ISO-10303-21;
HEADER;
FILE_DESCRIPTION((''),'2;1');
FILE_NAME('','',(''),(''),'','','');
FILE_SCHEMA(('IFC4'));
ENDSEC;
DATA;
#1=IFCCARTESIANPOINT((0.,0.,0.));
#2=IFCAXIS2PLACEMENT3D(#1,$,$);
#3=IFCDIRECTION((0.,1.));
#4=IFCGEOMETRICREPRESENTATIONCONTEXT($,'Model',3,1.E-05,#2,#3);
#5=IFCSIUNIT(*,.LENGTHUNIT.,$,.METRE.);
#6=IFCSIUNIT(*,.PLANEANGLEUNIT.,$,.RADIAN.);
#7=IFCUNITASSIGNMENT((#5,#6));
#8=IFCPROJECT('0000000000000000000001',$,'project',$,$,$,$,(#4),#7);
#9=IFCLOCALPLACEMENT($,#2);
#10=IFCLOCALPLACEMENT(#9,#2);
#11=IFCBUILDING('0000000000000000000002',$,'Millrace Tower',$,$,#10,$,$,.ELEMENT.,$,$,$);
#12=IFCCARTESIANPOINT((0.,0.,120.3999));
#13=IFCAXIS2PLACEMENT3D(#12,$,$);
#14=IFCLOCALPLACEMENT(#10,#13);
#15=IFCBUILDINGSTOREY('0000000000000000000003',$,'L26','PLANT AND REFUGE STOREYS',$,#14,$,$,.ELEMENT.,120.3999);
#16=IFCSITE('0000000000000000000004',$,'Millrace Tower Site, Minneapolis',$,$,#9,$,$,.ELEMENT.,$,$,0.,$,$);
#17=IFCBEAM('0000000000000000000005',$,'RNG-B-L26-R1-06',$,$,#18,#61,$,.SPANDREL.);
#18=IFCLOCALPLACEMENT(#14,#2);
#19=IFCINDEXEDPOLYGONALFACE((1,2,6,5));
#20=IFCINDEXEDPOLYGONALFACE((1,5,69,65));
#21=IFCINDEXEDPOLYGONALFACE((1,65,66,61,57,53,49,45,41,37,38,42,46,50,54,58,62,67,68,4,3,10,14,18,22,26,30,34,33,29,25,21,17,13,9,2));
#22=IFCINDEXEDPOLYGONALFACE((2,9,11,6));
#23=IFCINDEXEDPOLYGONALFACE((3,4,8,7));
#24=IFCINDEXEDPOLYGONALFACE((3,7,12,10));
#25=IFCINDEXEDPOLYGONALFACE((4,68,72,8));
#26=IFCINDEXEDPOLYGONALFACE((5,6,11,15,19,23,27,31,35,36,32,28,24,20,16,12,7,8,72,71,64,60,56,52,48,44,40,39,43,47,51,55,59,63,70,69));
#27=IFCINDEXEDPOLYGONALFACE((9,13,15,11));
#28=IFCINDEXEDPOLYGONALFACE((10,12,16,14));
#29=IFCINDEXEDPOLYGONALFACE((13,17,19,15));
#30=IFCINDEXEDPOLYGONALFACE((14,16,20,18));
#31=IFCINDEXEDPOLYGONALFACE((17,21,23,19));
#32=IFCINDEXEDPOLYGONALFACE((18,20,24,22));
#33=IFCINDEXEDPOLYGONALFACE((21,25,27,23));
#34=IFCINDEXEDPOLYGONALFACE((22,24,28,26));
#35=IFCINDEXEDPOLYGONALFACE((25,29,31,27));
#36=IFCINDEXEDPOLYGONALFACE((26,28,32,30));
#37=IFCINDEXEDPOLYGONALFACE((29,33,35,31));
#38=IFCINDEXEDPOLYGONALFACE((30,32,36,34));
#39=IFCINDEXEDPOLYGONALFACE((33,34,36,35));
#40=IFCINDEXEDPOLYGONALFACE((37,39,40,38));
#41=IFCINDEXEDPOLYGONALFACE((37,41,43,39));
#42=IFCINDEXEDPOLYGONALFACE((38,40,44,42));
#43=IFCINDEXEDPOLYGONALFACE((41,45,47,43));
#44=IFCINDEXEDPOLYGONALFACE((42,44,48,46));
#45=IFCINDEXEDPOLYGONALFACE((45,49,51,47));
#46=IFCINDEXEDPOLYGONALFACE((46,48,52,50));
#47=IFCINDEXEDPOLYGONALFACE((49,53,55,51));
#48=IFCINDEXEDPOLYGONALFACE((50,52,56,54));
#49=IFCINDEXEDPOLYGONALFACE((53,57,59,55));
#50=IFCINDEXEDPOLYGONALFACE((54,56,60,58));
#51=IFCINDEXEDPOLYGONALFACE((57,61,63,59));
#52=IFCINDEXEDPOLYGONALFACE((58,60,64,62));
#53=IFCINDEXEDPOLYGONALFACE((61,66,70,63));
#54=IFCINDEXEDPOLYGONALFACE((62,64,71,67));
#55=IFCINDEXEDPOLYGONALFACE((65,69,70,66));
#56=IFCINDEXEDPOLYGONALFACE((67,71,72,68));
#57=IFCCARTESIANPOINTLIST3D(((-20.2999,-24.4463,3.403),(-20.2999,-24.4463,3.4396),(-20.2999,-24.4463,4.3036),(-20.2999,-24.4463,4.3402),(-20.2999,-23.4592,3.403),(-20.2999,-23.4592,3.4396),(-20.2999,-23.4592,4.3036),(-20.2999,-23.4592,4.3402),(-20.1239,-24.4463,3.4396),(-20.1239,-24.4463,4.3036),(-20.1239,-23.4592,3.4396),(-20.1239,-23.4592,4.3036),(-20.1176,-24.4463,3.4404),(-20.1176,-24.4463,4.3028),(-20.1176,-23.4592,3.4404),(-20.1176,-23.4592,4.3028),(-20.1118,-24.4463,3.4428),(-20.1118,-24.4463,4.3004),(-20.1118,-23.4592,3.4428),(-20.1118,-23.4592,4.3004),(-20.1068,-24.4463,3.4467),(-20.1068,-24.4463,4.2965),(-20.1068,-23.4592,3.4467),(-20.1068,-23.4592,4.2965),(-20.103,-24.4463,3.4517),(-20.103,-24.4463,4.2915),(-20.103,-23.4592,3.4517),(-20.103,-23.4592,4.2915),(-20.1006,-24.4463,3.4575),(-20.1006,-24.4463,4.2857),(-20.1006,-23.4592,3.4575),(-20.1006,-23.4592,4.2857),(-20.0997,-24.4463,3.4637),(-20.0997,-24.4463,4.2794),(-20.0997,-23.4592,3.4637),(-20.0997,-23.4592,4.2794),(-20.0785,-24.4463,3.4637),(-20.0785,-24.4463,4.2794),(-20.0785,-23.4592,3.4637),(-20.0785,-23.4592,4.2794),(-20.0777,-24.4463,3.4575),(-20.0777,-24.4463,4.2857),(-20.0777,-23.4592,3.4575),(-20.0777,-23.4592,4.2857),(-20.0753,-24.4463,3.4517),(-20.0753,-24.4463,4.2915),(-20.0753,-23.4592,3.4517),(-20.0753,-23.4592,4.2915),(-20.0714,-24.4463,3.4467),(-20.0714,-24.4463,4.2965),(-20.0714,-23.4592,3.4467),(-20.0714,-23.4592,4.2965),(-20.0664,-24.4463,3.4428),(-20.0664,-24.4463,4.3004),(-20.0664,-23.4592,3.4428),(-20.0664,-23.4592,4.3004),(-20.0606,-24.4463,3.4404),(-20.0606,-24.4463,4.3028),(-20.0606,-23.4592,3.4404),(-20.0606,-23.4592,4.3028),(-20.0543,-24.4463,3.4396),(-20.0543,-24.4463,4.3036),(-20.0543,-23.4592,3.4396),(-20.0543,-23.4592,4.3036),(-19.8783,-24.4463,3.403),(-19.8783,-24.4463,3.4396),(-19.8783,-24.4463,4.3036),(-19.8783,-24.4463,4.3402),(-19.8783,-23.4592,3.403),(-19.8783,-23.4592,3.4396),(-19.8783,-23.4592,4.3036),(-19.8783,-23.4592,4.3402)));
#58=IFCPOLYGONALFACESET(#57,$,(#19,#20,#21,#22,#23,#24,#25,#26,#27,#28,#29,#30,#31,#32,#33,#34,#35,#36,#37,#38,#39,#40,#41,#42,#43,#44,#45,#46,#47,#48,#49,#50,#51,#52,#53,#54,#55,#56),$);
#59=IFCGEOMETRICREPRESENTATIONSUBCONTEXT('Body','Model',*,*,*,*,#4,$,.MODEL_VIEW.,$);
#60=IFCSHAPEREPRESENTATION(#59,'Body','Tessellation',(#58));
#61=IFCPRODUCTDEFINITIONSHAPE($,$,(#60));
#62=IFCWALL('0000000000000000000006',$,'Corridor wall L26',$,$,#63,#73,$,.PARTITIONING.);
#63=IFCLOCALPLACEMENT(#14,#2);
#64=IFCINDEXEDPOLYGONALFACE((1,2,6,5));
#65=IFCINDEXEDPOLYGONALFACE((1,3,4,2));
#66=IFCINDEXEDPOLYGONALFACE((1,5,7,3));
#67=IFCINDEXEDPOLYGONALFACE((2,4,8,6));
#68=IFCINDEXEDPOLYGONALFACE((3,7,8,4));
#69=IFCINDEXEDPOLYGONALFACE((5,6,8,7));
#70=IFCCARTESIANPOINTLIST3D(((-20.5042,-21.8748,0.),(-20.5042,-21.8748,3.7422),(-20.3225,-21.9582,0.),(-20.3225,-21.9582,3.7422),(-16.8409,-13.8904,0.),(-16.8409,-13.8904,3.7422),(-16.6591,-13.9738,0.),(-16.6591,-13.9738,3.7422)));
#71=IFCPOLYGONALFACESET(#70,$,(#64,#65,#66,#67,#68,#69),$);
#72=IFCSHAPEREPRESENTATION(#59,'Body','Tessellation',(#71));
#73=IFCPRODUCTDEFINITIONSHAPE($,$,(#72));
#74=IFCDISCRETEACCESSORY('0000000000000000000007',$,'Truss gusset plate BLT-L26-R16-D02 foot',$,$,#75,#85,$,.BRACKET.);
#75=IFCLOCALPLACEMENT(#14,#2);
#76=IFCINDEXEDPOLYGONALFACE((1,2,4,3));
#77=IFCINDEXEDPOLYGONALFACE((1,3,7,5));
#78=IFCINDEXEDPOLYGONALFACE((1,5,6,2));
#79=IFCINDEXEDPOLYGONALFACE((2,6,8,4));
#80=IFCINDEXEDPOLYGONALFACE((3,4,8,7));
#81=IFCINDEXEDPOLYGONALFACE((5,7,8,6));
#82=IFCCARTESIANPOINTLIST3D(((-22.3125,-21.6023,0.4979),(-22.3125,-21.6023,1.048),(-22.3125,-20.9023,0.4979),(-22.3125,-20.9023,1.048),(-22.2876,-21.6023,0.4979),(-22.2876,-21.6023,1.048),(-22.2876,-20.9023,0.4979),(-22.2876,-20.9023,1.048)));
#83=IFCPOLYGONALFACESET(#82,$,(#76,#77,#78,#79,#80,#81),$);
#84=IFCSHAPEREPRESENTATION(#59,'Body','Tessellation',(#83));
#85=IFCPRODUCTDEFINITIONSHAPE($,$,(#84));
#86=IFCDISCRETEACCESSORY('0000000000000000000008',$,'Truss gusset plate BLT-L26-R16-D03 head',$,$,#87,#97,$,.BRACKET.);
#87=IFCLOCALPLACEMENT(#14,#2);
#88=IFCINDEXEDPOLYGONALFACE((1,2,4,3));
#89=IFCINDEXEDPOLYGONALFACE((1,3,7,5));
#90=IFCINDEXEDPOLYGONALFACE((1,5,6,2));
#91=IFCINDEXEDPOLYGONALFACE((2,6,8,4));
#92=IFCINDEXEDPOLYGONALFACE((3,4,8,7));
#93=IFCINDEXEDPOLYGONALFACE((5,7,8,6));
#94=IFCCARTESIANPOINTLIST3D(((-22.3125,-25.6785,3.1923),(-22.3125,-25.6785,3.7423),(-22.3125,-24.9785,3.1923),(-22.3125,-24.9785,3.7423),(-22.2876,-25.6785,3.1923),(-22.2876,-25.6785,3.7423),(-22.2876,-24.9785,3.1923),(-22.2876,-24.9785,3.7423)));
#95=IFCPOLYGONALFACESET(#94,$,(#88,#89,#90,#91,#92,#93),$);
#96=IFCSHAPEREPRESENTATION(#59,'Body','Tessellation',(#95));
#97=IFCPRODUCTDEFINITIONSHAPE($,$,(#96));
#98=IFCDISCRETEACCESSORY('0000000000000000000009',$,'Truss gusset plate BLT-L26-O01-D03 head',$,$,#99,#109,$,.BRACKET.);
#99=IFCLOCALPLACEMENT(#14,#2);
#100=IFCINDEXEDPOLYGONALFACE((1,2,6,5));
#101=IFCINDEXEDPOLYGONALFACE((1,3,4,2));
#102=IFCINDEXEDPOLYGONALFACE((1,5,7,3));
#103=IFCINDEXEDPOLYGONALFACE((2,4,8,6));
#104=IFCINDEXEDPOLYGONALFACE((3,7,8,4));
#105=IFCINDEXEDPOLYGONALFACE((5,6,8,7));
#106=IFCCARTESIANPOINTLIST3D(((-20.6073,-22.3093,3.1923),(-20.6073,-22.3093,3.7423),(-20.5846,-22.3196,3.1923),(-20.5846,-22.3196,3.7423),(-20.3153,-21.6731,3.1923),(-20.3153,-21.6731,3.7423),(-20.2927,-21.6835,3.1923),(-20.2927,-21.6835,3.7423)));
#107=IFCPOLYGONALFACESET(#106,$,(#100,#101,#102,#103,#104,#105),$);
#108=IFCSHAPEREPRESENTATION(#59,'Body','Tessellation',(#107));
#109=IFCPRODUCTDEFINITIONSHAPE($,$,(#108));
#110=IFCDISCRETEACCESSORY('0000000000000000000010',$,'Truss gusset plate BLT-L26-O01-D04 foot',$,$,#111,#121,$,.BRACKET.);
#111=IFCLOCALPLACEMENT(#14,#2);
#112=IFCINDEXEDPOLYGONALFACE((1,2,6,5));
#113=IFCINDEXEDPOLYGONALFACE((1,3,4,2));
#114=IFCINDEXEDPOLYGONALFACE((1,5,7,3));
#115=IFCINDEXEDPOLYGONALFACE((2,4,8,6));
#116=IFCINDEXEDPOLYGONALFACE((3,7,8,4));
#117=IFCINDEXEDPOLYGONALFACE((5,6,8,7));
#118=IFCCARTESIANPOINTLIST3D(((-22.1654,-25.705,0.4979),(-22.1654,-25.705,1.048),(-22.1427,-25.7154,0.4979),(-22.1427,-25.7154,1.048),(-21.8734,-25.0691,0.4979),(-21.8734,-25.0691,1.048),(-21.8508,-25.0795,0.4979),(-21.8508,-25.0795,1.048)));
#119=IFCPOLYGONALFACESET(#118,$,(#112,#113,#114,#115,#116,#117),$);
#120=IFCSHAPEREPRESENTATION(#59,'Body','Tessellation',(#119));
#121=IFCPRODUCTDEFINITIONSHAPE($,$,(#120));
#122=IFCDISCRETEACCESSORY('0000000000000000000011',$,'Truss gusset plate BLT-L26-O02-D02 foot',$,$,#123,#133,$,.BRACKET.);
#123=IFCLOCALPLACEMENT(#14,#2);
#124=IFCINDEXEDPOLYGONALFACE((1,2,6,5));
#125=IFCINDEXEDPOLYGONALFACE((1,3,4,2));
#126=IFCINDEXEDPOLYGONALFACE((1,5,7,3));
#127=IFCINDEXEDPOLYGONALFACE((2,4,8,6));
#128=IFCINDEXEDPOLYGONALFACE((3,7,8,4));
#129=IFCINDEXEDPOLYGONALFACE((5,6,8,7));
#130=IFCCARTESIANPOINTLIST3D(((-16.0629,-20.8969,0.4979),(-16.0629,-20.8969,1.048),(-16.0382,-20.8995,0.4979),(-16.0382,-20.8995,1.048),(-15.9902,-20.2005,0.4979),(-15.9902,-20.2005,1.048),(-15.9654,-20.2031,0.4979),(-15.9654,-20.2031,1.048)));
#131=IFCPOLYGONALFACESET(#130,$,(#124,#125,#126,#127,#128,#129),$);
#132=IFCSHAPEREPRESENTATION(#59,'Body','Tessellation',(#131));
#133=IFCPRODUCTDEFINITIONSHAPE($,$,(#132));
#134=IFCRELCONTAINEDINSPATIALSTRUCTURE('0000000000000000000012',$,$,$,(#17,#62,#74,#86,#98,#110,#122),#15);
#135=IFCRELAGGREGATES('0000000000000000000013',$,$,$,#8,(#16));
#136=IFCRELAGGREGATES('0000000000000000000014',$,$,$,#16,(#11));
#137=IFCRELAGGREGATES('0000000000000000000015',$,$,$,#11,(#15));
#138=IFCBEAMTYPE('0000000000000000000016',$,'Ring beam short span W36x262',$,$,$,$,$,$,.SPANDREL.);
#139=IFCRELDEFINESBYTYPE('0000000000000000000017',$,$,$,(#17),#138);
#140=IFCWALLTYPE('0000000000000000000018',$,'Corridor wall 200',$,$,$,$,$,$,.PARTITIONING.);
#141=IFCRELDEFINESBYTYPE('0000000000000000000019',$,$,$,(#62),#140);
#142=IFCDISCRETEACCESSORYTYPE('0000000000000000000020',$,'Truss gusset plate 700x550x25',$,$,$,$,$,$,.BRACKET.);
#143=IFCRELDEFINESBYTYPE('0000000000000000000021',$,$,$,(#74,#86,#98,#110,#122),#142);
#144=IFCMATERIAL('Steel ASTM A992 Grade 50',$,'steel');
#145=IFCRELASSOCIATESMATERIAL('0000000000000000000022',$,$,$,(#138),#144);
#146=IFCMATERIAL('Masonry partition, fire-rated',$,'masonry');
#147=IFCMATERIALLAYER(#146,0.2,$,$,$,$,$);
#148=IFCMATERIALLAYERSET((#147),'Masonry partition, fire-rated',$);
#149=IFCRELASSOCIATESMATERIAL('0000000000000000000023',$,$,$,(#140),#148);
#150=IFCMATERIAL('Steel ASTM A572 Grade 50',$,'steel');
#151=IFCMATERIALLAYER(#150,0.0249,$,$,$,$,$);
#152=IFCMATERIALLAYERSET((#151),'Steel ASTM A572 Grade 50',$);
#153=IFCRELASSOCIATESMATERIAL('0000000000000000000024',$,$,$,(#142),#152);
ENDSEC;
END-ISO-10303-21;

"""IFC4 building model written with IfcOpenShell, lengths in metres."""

from ifc_helpers import new_model, si_unit, direction, frame, frame_2d, origin, origin_2d, place, context, subcontext, project, spatial, rectangle, i_section, extrude, material, layer, layer_set, material_profile, profile_set, type_object, element, save


model = new_model("IFC4")

# Units and contexts
model_context = context("Model", 3, precision=1e-05, world=origin(), true_north=direction((0.0, 1.0)))
body_context = subcontext(model_context, "Body", "Model", "MODEL_VIEW")
ifc_project = project(units=[si_unit("LENGTHUNIT", "METRE"), si_unit("PLANEANGLEUNIT", "RADIAN")], contexts=[model_context])

# Site, building, storey
site_placement = place(None, origin())
site = spatial("IfcSite", under=ifc_project, at=site_placement, Name="Millrace Tower Site, Minneapolis", CompositionType="ELEMENT", RefElevation=0.0)
building_placement = place(site_placement, origin())
building = spatial("IfcBuilding", under=site, at=building_placement, Name="Millrace Tower", CompositionType="ELEMENT")
storey_placement = place(building_placement, frame((0.0, 0.0, 120.3999)))
storey = spatial("IfcBuildingStorey", under=building, at=storey_placement, Name="L26", Description="PLANT AND REFUGE STOREYS", CompositionType="ELEMENT", Elevation=120.3999)

# Beam
ifc_material_1 = material(Name="Steel ASTM A992 Grade 50", Category="steel")
ifc_material_profile_1 = material_profile(ifc_material_1, i_section(OverallWidth=0.4216, OverallDepth=0.9373, WebThickness=0.0212, FlangeThickness=0.0366, FilletRadius=0.0242, at=origin_2d()))
ifc_profile_set_1 = profile_set([ifc_material_profile_1], Name="Steel ASTM A992 Grade 50")
beam_type_1 = type_object("IfcBeamType", Name="Ring beam short span W36x262", PredefinedType="SPANDREL", material=ifc_profile_set_1)
beam_1_placement = place(storey_placement, frame((-20.0891, -24.4463, 3.8716), z_axis=(0.0, 1.0, 0.0), x_axis=(-1.0, 0.0, 0.0)))
element("IfcBeam", 1, at=beam_1_placement, inside=storey, type_object=beam_type_1, Name="RNG-B-L26-R1-06", PredefinedType="SPANDREL", context=body_context, shape_type="SweptSolid", body=[
    extrude(i_section(OverallWidth=0.4216, OverallDepth=0.9373, WebThickness=0.0212, FlangeThickness=0.0366, FilletRadius=0.0242, at=origin_2d()), origin(), (0.0, 0.0, 1.0), 0.9871),
])

# Wall
ifc_material_2 = material(Name="Masonry partition, fire-rated", Category="masonry")
ifc_layer_1 = layer(ifc_material_2, 0.2)
ifc_layer_set_1 = layer_set([ifc_layer_1], Name="Masonry partition, fire-rated")
wall_type = type_object("IfcWallType", Name="Corridor wall 200", PredefinedType="PARTITIONING", material=ifc_layer_set_1)
wall_placement = place(storey_placement, frame((-20.4133, -21.9165, 0.0), z_axis=(0.0, 0.0, 1.0), x_axis=(0.417014, 0.9089, 0.0)))
element("IfcWall", 2, at=wall_placement, inside=storey, type_object=wall_type, Name="Corridor wall L26", PredefinedType="PARTITIONING", context=body_context, shape_type="SweptSolid", body=[
    extrude(rectangle(XDim=8.7847, YDim=0.2, at=frame_2d((4.3923, 0.0))), origin(), (0.0, 0.0, 1.0), 3.7422),
])

# Discrete accessories
ifc_material_3 = material(Name="Steel ASTM A572 Grade 50", Category="steel")
ifc_layer_2 = layer(ifc_material_3, 0.0249)
ifc_layer_set_2 = layer_set([ifc_layer_2], Name="Steel ASTM A572 Grade 50")
discrete_accessory_type = type_object("IfcDiscreteAccessoryType", Name="Truss gusset plate 700x550x25", PredefinedType="BRACKET", material=ifc_layer_set_2)
for number, where, z_axis, x_axis, name in (
    (3, (-22.3, -21.6023, 0.7729), (0.0, 1.0, 0.0), (-1.0, 0.0, 0.0), "Truss gusset plate BLT-L26-R16-D02 foot"),
    (4, (-22.3, -25.6785, 3.4673), (0.0, 1.0, 0.0), (-1.0, 0.0, 0.0), "Truss gusset plate BLT-L26-R16-D03 head"),
    (5, (-20.5959, -22.3145, 3.4673), (0.417111, 0.908856, 0.0), (-0.908856, 0.417111, 0.0), "Truss gusset plate BLT-L26-O01-D03 head"),
):
    element("IfcDiscreteAccessory", number, at=place(storey_placement, frame(where, z_axis=z_axis, x_axis=x_axis)), inside=storey, type_object=discrete_accessory_type, Name=name, PredefinedType="BRACKET", context=body_context, shape_type="SweptSolid", body=[
        extrude(rectangle(XDim=0.0249, YDim=0.55, at=origin_2d()), origin(), (0.0, 0.0, 1.0), 0.7),
    ])
discrete_accessory_1_placement = place(storey_placement, frame((-22.1541, -25.7102, 0.7729), z_axis=(0.417243, 0.908795, 0.0), x_axis=(-0.908795, 0.417243, 0.0)))
element("IfcDiscreteAccessory", 6, at=discrete_accessory_1_placement, inside=storey, type_object=discrete_accessory_type, Name="Truss gusset plate BLT-L26-O01-D04 foot", PredefinedType="BRACKET", context=body_context, shape_type="SweptSolid", body=[
    extrude(rectangle(XDim=0.0249, YDim=0.55, at=origin_2d()), origin(), (0.0, 0.0, 1.0), 0.6997),
])
discrete_accessory_2_placement = place(storey_placement, frame((-16.0505, -20.8982, 0.7729), z_axis=(0.103922, 0.994585, 0.0), x_axis=(-0.994585, 0.103922, 0.0)))
element("IfcDiscreteAccessory", 7, at=discrete_accessory_2_placement, inside=storey, type_object=discrete_accessory_type, Name="Truss gusset plate BLT-L26-O02-D02 foot", PredefinedType="BRACKET", context=body_context, shape_type="SweptSolid", body=[
    extrude(rectangle(XDim=0.0249, YDim=0.55, at=origin_2d()), origin(), (0.0, 0.0, 1.0), 0.7002),
])

save(model, "model.ifc")
